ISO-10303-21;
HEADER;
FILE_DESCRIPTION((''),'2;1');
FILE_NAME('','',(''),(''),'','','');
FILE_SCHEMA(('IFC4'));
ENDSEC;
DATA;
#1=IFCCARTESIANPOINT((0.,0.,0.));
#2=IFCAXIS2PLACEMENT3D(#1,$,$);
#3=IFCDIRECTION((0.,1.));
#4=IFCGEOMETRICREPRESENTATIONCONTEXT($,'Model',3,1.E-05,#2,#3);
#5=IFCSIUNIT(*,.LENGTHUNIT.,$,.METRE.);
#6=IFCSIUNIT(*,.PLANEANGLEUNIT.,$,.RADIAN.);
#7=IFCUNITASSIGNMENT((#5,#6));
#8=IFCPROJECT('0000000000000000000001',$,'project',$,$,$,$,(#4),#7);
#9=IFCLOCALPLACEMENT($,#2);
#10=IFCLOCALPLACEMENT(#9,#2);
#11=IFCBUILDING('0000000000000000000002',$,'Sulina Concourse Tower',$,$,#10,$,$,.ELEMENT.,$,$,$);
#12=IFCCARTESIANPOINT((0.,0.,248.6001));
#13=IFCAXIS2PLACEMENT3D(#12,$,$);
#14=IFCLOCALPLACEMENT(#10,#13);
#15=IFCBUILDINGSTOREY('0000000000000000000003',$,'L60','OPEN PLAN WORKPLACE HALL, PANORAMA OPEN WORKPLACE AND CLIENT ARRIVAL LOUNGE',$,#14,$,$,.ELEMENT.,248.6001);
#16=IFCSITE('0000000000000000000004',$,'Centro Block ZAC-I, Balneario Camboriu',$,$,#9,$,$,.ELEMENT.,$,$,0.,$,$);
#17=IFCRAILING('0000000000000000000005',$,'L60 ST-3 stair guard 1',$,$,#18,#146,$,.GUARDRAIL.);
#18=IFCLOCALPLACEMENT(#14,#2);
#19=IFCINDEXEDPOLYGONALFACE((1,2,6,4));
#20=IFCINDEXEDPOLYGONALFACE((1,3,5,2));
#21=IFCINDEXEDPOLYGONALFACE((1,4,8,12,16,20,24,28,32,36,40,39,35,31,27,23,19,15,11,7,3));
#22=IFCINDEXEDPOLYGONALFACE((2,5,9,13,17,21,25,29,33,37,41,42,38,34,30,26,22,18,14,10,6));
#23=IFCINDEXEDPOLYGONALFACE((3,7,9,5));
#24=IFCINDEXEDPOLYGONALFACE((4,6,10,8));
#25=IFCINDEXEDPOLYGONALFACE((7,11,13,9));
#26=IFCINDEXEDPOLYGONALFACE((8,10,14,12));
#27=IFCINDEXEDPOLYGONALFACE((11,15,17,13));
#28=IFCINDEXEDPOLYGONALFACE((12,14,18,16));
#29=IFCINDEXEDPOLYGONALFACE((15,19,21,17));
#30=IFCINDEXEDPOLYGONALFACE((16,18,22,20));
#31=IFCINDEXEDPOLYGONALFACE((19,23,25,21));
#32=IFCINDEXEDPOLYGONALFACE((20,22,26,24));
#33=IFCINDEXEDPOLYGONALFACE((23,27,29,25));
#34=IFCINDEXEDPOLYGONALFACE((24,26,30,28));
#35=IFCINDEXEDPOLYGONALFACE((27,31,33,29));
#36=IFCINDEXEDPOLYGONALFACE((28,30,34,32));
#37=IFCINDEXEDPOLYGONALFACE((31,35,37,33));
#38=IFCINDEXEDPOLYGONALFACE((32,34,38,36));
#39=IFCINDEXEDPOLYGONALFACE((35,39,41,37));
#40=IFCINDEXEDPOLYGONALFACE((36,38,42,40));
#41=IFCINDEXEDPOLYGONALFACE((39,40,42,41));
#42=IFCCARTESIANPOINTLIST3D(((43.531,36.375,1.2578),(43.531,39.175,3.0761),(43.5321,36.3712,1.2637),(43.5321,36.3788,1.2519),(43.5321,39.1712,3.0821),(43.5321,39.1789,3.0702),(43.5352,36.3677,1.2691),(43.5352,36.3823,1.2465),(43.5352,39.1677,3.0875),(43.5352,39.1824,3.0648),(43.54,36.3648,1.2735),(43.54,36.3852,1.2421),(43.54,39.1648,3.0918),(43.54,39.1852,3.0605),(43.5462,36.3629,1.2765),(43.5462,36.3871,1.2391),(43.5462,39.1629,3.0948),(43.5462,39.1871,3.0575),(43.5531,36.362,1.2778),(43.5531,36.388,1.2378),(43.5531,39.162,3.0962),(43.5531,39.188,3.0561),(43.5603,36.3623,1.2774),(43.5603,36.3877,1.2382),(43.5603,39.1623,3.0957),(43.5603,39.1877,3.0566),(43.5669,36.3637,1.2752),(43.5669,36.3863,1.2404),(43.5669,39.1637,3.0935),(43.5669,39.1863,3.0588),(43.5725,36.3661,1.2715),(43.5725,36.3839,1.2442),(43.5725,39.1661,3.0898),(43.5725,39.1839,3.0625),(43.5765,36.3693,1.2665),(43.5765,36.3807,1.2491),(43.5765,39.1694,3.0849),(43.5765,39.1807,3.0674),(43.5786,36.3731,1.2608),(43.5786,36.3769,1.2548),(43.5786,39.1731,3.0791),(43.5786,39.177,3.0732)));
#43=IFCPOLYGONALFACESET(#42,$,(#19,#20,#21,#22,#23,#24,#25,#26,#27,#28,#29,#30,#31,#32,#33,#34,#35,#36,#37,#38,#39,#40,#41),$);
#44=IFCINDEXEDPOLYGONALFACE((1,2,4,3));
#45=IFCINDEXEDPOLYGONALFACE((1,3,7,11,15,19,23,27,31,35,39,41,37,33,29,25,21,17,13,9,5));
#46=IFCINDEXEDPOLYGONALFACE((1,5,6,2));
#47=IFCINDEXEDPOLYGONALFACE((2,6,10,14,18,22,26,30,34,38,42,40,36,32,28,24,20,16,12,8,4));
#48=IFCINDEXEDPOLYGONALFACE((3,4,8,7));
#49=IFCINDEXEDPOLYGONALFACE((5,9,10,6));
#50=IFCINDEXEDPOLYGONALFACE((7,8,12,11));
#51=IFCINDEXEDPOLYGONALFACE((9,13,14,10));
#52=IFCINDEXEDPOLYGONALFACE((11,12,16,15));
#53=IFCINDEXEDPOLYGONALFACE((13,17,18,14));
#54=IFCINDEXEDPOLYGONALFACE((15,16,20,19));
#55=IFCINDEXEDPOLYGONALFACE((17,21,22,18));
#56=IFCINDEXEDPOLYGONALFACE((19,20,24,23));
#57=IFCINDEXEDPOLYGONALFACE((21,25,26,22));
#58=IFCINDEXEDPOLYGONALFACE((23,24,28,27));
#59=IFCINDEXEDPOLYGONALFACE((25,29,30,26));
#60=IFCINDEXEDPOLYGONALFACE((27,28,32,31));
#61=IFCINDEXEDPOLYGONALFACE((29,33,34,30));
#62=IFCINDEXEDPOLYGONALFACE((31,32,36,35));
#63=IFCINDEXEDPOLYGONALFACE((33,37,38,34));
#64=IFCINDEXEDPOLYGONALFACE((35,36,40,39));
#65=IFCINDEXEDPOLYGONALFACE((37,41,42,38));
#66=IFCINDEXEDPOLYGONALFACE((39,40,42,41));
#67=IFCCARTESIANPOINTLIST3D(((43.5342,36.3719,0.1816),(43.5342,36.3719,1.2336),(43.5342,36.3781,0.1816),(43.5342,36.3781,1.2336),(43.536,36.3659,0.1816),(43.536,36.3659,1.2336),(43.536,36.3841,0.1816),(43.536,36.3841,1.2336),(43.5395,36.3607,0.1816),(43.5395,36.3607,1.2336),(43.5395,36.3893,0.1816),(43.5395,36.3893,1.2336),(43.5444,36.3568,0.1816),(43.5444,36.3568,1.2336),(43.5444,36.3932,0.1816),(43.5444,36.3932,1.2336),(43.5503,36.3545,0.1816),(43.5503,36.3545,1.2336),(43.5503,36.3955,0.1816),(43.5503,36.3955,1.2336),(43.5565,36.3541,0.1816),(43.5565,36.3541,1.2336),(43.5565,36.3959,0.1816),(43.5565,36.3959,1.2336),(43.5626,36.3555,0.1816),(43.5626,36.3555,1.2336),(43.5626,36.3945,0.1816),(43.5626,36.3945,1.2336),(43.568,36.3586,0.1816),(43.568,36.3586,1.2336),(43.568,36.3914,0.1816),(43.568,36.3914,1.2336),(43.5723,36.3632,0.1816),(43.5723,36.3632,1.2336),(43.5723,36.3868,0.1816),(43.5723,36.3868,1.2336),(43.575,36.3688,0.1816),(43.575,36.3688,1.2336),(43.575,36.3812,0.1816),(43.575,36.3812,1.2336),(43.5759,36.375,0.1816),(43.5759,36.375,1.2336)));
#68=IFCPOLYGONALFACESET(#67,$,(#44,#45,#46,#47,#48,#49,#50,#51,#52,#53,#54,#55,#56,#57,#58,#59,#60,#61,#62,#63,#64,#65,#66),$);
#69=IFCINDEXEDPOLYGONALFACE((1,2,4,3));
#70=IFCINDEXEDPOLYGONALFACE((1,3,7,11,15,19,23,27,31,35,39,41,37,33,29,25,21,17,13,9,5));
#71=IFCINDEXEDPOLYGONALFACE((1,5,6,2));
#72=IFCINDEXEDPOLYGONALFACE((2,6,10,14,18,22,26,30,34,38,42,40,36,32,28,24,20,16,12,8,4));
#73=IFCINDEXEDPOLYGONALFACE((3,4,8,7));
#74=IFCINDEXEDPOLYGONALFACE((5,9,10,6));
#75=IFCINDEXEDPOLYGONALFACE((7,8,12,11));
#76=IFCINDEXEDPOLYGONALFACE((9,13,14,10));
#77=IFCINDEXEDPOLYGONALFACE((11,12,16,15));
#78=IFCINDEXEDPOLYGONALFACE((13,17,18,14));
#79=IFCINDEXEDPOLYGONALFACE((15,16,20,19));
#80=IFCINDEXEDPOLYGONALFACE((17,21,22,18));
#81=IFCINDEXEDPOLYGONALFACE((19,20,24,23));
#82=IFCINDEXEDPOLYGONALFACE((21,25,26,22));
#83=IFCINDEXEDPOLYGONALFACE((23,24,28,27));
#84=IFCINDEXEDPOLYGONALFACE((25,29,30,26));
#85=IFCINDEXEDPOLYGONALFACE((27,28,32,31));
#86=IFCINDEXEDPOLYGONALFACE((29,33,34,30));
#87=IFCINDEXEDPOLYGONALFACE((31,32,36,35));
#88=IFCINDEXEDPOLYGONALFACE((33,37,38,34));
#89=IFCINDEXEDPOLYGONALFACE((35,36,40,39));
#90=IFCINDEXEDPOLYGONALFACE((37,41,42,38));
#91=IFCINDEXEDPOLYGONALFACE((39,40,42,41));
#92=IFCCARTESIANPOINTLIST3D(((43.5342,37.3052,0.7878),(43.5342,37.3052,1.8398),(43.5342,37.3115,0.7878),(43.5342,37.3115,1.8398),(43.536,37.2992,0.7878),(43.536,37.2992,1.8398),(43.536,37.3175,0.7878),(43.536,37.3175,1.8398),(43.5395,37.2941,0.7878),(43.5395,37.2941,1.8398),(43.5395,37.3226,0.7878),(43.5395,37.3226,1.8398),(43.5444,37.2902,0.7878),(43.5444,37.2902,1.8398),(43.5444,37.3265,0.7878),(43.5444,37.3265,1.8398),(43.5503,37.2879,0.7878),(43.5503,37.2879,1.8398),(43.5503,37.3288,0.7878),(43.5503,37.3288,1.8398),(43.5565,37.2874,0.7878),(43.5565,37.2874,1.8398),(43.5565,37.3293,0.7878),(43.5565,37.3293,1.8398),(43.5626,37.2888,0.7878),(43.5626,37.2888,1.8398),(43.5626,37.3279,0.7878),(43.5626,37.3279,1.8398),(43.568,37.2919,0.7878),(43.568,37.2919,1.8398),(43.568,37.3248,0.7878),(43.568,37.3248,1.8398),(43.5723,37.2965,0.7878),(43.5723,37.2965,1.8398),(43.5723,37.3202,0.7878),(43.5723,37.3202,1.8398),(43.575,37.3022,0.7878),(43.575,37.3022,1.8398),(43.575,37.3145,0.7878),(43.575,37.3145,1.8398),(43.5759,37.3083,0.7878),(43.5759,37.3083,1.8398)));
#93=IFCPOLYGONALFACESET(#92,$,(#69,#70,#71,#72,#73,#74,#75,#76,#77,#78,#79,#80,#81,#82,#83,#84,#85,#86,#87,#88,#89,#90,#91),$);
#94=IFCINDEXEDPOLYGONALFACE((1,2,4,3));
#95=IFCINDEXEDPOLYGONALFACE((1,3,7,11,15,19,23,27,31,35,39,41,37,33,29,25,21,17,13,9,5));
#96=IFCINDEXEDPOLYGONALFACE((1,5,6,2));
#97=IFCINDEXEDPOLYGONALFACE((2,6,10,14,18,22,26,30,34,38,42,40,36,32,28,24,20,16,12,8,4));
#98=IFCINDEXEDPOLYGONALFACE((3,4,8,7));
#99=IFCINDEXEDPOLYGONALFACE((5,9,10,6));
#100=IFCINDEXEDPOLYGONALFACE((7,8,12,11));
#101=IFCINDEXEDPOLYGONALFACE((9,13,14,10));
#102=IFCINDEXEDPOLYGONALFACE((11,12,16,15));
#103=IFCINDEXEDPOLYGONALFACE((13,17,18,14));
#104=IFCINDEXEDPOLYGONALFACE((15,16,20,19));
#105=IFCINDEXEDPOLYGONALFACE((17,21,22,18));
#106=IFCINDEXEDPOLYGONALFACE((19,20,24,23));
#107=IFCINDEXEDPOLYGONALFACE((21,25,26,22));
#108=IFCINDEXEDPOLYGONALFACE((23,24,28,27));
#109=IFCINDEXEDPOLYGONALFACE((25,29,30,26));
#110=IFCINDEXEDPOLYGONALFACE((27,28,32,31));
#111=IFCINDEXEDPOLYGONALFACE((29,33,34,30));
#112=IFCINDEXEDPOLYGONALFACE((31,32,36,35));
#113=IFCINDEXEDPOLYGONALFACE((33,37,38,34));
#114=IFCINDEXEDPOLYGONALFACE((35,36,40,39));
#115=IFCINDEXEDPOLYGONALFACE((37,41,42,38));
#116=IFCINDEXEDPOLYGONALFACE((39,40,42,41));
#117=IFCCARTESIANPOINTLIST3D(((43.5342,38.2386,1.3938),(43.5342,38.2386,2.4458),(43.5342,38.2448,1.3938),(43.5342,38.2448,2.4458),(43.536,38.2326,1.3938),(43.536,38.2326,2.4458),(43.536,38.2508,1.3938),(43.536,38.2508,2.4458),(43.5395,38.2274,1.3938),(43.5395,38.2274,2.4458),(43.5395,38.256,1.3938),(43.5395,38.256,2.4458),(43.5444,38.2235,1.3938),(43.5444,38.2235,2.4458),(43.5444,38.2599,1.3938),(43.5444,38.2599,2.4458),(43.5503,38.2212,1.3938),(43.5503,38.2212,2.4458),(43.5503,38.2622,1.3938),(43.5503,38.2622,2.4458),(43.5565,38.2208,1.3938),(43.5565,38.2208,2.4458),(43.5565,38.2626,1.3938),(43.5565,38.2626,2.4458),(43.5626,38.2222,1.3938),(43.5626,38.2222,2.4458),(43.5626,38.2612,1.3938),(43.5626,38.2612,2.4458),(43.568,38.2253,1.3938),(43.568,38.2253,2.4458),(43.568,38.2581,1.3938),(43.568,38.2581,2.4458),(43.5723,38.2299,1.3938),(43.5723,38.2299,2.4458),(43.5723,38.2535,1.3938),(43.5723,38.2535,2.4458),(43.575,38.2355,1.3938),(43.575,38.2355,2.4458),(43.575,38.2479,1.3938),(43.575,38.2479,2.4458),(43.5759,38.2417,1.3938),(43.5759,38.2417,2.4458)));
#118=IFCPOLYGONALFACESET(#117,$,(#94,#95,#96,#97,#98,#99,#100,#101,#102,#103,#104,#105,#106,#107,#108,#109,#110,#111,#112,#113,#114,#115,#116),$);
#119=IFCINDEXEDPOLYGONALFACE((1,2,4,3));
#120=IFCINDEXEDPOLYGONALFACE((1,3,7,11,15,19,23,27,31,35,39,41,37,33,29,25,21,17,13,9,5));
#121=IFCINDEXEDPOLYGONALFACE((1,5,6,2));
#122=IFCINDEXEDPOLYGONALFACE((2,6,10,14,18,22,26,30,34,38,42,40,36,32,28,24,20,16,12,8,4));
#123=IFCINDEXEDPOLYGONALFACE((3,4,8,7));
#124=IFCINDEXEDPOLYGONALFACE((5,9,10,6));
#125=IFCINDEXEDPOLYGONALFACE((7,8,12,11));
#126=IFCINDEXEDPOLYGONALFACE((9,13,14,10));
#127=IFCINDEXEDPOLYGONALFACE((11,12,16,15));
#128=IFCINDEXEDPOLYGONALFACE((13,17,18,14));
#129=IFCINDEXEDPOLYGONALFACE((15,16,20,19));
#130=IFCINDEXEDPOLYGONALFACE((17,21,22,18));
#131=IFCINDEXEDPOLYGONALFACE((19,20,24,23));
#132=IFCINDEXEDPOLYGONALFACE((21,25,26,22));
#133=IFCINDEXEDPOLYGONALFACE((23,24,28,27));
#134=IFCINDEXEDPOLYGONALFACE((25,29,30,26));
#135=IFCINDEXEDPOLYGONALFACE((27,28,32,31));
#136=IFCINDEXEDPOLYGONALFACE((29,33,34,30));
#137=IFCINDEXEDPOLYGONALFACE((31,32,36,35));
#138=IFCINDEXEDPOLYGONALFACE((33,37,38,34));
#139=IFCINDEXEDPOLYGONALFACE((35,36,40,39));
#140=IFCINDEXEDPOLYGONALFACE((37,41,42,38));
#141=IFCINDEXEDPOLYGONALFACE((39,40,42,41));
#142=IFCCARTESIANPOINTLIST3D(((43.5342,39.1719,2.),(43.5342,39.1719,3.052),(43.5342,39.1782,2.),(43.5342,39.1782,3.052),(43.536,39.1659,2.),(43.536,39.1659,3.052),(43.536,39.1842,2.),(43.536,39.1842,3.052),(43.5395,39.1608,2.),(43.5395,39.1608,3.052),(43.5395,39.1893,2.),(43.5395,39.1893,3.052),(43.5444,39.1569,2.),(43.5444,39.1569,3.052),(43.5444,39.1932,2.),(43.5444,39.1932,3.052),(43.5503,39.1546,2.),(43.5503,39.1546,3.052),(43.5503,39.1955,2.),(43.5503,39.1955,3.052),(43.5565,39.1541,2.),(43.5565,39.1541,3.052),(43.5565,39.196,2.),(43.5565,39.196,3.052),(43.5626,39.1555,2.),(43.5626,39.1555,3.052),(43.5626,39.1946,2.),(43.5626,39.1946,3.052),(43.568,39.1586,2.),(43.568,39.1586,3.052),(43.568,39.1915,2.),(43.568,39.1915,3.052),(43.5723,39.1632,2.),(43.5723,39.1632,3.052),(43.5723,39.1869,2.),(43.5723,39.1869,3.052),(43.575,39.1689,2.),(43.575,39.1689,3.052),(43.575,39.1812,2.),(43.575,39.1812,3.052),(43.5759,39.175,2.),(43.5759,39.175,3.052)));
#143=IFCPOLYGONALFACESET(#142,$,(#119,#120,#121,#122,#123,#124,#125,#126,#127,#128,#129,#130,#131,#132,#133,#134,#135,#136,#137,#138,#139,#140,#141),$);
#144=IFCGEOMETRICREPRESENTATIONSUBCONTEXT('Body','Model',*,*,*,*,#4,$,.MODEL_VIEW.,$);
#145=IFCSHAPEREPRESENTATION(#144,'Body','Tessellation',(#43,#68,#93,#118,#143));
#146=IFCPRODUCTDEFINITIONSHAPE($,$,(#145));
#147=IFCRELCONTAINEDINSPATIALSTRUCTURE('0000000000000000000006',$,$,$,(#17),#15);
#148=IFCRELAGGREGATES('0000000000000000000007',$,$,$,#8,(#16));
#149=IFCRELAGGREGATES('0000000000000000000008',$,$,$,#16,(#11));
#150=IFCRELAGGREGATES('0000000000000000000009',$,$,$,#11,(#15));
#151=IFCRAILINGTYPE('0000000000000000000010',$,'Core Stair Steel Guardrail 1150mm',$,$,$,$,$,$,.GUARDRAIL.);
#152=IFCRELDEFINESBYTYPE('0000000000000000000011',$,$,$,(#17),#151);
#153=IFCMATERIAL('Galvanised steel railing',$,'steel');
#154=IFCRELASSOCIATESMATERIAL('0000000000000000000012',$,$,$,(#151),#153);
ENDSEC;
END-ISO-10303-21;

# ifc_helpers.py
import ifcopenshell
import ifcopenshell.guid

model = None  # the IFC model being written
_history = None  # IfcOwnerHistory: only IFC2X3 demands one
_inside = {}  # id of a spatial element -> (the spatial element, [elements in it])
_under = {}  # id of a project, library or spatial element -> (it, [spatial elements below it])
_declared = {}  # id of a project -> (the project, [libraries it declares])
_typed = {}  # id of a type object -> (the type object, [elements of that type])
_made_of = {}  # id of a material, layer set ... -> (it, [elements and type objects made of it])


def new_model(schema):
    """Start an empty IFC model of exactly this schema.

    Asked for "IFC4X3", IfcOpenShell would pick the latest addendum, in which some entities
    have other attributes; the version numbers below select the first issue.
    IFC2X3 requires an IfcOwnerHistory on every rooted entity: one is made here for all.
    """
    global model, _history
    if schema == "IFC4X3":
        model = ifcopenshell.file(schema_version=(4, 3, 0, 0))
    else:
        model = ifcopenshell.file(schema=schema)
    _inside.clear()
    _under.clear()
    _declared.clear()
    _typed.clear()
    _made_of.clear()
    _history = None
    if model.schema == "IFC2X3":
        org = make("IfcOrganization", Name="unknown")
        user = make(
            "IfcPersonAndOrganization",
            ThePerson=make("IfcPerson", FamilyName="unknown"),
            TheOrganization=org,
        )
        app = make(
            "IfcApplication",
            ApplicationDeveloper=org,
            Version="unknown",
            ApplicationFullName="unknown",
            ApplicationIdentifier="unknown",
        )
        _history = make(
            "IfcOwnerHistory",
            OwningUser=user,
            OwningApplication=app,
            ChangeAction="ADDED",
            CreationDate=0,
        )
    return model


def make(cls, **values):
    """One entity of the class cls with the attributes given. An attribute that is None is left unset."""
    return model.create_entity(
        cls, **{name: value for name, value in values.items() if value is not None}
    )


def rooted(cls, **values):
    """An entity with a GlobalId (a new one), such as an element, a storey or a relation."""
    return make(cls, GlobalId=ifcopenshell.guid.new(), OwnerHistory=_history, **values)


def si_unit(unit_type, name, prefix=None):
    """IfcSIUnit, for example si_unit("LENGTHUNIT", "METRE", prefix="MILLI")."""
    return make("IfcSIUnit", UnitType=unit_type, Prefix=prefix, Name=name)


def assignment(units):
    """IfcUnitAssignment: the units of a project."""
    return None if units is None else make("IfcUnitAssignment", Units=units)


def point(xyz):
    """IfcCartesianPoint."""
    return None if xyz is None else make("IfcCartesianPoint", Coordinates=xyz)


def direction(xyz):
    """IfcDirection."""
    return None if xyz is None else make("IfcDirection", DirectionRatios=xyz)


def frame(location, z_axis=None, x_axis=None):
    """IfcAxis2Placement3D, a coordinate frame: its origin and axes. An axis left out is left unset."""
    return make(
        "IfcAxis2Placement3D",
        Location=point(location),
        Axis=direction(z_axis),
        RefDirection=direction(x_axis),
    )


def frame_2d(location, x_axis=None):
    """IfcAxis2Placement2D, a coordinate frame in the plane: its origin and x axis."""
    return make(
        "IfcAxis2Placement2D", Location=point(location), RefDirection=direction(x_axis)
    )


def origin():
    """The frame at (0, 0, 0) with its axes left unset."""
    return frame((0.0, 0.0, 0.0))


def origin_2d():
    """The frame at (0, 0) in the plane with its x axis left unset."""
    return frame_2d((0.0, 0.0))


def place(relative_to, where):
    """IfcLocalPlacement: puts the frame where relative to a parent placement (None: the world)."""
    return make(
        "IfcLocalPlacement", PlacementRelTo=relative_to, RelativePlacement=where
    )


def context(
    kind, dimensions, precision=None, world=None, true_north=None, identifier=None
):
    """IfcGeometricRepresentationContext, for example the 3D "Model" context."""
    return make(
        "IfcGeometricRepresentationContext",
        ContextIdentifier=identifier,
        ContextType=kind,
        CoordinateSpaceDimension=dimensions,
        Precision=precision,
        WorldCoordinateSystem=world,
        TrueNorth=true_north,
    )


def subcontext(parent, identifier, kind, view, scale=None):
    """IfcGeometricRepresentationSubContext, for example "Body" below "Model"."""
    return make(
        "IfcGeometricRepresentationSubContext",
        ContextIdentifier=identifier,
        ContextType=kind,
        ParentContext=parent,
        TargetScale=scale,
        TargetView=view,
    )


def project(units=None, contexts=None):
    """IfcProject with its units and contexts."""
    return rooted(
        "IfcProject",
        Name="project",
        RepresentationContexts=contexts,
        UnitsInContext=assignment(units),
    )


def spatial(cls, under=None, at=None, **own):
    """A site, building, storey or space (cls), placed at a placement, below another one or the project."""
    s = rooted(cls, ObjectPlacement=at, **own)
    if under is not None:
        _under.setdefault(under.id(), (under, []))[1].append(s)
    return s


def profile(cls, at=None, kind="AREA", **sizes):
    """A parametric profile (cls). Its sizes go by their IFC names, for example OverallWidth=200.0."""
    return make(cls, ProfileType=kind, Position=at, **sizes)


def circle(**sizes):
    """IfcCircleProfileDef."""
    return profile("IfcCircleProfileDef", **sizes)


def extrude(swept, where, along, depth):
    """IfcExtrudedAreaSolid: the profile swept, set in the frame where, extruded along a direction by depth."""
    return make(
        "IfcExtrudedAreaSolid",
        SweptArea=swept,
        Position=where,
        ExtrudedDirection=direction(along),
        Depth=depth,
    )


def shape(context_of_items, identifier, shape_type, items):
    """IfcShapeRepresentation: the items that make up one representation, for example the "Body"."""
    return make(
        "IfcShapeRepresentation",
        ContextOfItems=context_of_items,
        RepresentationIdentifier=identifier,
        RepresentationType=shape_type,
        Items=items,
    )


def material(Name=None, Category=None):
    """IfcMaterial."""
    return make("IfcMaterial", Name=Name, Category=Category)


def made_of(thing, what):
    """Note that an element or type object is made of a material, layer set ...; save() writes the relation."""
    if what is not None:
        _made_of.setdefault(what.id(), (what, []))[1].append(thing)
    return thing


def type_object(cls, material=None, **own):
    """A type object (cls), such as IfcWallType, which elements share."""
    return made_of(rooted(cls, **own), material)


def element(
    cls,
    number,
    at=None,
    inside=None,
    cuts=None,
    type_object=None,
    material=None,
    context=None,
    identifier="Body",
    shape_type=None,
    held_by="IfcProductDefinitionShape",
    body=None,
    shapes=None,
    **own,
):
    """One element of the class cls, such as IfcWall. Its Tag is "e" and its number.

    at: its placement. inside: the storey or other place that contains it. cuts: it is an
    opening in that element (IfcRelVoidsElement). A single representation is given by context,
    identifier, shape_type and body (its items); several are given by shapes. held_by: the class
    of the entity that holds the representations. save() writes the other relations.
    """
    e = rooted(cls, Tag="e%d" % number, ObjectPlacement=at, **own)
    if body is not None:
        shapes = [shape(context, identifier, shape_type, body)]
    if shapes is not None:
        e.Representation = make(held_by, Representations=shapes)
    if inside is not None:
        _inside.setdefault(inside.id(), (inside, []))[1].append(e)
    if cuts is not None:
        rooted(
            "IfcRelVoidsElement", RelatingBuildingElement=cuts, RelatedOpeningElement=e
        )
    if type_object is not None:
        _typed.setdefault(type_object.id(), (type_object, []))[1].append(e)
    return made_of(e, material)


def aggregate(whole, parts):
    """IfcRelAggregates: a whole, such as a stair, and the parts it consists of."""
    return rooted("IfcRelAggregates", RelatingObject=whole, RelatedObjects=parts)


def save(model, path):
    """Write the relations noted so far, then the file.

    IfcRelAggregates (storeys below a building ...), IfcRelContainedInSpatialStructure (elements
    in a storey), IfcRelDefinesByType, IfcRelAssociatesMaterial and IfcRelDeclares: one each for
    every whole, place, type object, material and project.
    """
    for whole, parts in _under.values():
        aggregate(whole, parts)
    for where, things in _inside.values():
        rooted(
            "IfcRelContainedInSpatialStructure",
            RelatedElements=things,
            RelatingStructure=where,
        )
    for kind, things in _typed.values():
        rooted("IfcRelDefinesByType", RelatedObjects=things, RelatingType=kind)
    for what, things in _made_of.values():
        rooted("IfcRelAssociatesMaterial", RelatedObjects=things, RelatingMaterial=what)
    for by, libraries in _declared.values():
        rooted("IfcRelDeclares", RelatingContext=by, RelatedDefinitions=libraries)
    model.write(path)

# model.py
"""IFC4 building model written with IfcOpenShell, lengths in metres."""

from ifc_helpers import new_model, si_unit, direction, frame, origin, origin_2d, place, context, subcontext, project, spatial, circle, extrude, material, type_object, element, save


model = new_model("IFC4")

# Units and contexts
model_context = context("Model", 3, precision=1e-05, world=origin(), true_north=direction((0.0, 1.0)))
body_context = subcontext(model_context, "Body", "Model", "MODEL_VIEW")
ifc_project = project(units=[si_unit("LENGTHUNIT", "METRE"), si_unit("PLANEANGLEUNIT", "RADIAN")], contexts=[model_context])

# Site, building, storey
site_placement = place(None, origin())
site = spatial("IfcSite", under=ifc_project, at=site_placement, Name="Centro Block ZAC-I, Balneario Camboriu", CompositionType="ELEMENT", RefElevation=0.0)
building_placement = place(site_placement, origin())
building = spatial("IfcBuilding", under=site, at=building_placement, Name="Sulina Concourse Tower", CompositionType="ELEMENT")
storey_placement = place(building_placement, frame((0.0, 0.0, 248.6001)))
storey = spatial("IfcBuildingStorey", under=building, at=storey_placement, Name="L60", Description="OPEN PLAN WORKPLACE HALL, PANORAMA OPEN WORKPLACE AND CLIENT ARRIVAL LOUNGE", CompositionType="ELEMENT", Elevation=248.6001)

# Railing
ifc_material_1 = material(Name="Galvanised steel railing", Category="steel")
railing_type_1 = type_object("IfcRailingType", Name="Core Stair Steel Guardrail 1150mm", PredefinedType="GUARDRAIL", material=ifc_material_1)
railing_1_placement = place(storey_placement, frame((43.5549, 36.375, 0.1816)))
element("IfcRailing", 1, at=railing_1_placement, inside=storey, type_object=railing_type_1, Name="L60 ST-3 stair guard 1", PredefinedType="GUARDRAIL", context=body_context, shape_type="SweptSolid", body=[
    extrude(circle(Radius=0.0239, at=origin_2d()), frame((0.0, 0.0, 1.0762), z_axis=(0.0, 0.838672, 0.544636), x_axis=(-1.0, 0.0, 0.0)), (0.0, 0.0, 1.0), 3.3386),
    extrude(circle(Radius=0.021, at=origin_2d()), origin(), (0.0, 0.0, 1.0), 1.052),
    extrude(circle(Radius=0.021, at=origin_2d()), frame((0.0, 0.9333, 0.6062)), (0.0, 0.0, 1.0), 1.052),
    extrude(circle(Radius=0.021, at=origin_2d()), frame((0.0, 1.8667, 1.2122)), (0.0, 0.0, 1.0), 1.052),
    extrude(circle(Radius=0.021, at=origin_2d()), frame((0.0, 2.8, 1.8184)), (0.0, 0.0, 1.0), 1.052),
])

save(model, "model.ifc")
